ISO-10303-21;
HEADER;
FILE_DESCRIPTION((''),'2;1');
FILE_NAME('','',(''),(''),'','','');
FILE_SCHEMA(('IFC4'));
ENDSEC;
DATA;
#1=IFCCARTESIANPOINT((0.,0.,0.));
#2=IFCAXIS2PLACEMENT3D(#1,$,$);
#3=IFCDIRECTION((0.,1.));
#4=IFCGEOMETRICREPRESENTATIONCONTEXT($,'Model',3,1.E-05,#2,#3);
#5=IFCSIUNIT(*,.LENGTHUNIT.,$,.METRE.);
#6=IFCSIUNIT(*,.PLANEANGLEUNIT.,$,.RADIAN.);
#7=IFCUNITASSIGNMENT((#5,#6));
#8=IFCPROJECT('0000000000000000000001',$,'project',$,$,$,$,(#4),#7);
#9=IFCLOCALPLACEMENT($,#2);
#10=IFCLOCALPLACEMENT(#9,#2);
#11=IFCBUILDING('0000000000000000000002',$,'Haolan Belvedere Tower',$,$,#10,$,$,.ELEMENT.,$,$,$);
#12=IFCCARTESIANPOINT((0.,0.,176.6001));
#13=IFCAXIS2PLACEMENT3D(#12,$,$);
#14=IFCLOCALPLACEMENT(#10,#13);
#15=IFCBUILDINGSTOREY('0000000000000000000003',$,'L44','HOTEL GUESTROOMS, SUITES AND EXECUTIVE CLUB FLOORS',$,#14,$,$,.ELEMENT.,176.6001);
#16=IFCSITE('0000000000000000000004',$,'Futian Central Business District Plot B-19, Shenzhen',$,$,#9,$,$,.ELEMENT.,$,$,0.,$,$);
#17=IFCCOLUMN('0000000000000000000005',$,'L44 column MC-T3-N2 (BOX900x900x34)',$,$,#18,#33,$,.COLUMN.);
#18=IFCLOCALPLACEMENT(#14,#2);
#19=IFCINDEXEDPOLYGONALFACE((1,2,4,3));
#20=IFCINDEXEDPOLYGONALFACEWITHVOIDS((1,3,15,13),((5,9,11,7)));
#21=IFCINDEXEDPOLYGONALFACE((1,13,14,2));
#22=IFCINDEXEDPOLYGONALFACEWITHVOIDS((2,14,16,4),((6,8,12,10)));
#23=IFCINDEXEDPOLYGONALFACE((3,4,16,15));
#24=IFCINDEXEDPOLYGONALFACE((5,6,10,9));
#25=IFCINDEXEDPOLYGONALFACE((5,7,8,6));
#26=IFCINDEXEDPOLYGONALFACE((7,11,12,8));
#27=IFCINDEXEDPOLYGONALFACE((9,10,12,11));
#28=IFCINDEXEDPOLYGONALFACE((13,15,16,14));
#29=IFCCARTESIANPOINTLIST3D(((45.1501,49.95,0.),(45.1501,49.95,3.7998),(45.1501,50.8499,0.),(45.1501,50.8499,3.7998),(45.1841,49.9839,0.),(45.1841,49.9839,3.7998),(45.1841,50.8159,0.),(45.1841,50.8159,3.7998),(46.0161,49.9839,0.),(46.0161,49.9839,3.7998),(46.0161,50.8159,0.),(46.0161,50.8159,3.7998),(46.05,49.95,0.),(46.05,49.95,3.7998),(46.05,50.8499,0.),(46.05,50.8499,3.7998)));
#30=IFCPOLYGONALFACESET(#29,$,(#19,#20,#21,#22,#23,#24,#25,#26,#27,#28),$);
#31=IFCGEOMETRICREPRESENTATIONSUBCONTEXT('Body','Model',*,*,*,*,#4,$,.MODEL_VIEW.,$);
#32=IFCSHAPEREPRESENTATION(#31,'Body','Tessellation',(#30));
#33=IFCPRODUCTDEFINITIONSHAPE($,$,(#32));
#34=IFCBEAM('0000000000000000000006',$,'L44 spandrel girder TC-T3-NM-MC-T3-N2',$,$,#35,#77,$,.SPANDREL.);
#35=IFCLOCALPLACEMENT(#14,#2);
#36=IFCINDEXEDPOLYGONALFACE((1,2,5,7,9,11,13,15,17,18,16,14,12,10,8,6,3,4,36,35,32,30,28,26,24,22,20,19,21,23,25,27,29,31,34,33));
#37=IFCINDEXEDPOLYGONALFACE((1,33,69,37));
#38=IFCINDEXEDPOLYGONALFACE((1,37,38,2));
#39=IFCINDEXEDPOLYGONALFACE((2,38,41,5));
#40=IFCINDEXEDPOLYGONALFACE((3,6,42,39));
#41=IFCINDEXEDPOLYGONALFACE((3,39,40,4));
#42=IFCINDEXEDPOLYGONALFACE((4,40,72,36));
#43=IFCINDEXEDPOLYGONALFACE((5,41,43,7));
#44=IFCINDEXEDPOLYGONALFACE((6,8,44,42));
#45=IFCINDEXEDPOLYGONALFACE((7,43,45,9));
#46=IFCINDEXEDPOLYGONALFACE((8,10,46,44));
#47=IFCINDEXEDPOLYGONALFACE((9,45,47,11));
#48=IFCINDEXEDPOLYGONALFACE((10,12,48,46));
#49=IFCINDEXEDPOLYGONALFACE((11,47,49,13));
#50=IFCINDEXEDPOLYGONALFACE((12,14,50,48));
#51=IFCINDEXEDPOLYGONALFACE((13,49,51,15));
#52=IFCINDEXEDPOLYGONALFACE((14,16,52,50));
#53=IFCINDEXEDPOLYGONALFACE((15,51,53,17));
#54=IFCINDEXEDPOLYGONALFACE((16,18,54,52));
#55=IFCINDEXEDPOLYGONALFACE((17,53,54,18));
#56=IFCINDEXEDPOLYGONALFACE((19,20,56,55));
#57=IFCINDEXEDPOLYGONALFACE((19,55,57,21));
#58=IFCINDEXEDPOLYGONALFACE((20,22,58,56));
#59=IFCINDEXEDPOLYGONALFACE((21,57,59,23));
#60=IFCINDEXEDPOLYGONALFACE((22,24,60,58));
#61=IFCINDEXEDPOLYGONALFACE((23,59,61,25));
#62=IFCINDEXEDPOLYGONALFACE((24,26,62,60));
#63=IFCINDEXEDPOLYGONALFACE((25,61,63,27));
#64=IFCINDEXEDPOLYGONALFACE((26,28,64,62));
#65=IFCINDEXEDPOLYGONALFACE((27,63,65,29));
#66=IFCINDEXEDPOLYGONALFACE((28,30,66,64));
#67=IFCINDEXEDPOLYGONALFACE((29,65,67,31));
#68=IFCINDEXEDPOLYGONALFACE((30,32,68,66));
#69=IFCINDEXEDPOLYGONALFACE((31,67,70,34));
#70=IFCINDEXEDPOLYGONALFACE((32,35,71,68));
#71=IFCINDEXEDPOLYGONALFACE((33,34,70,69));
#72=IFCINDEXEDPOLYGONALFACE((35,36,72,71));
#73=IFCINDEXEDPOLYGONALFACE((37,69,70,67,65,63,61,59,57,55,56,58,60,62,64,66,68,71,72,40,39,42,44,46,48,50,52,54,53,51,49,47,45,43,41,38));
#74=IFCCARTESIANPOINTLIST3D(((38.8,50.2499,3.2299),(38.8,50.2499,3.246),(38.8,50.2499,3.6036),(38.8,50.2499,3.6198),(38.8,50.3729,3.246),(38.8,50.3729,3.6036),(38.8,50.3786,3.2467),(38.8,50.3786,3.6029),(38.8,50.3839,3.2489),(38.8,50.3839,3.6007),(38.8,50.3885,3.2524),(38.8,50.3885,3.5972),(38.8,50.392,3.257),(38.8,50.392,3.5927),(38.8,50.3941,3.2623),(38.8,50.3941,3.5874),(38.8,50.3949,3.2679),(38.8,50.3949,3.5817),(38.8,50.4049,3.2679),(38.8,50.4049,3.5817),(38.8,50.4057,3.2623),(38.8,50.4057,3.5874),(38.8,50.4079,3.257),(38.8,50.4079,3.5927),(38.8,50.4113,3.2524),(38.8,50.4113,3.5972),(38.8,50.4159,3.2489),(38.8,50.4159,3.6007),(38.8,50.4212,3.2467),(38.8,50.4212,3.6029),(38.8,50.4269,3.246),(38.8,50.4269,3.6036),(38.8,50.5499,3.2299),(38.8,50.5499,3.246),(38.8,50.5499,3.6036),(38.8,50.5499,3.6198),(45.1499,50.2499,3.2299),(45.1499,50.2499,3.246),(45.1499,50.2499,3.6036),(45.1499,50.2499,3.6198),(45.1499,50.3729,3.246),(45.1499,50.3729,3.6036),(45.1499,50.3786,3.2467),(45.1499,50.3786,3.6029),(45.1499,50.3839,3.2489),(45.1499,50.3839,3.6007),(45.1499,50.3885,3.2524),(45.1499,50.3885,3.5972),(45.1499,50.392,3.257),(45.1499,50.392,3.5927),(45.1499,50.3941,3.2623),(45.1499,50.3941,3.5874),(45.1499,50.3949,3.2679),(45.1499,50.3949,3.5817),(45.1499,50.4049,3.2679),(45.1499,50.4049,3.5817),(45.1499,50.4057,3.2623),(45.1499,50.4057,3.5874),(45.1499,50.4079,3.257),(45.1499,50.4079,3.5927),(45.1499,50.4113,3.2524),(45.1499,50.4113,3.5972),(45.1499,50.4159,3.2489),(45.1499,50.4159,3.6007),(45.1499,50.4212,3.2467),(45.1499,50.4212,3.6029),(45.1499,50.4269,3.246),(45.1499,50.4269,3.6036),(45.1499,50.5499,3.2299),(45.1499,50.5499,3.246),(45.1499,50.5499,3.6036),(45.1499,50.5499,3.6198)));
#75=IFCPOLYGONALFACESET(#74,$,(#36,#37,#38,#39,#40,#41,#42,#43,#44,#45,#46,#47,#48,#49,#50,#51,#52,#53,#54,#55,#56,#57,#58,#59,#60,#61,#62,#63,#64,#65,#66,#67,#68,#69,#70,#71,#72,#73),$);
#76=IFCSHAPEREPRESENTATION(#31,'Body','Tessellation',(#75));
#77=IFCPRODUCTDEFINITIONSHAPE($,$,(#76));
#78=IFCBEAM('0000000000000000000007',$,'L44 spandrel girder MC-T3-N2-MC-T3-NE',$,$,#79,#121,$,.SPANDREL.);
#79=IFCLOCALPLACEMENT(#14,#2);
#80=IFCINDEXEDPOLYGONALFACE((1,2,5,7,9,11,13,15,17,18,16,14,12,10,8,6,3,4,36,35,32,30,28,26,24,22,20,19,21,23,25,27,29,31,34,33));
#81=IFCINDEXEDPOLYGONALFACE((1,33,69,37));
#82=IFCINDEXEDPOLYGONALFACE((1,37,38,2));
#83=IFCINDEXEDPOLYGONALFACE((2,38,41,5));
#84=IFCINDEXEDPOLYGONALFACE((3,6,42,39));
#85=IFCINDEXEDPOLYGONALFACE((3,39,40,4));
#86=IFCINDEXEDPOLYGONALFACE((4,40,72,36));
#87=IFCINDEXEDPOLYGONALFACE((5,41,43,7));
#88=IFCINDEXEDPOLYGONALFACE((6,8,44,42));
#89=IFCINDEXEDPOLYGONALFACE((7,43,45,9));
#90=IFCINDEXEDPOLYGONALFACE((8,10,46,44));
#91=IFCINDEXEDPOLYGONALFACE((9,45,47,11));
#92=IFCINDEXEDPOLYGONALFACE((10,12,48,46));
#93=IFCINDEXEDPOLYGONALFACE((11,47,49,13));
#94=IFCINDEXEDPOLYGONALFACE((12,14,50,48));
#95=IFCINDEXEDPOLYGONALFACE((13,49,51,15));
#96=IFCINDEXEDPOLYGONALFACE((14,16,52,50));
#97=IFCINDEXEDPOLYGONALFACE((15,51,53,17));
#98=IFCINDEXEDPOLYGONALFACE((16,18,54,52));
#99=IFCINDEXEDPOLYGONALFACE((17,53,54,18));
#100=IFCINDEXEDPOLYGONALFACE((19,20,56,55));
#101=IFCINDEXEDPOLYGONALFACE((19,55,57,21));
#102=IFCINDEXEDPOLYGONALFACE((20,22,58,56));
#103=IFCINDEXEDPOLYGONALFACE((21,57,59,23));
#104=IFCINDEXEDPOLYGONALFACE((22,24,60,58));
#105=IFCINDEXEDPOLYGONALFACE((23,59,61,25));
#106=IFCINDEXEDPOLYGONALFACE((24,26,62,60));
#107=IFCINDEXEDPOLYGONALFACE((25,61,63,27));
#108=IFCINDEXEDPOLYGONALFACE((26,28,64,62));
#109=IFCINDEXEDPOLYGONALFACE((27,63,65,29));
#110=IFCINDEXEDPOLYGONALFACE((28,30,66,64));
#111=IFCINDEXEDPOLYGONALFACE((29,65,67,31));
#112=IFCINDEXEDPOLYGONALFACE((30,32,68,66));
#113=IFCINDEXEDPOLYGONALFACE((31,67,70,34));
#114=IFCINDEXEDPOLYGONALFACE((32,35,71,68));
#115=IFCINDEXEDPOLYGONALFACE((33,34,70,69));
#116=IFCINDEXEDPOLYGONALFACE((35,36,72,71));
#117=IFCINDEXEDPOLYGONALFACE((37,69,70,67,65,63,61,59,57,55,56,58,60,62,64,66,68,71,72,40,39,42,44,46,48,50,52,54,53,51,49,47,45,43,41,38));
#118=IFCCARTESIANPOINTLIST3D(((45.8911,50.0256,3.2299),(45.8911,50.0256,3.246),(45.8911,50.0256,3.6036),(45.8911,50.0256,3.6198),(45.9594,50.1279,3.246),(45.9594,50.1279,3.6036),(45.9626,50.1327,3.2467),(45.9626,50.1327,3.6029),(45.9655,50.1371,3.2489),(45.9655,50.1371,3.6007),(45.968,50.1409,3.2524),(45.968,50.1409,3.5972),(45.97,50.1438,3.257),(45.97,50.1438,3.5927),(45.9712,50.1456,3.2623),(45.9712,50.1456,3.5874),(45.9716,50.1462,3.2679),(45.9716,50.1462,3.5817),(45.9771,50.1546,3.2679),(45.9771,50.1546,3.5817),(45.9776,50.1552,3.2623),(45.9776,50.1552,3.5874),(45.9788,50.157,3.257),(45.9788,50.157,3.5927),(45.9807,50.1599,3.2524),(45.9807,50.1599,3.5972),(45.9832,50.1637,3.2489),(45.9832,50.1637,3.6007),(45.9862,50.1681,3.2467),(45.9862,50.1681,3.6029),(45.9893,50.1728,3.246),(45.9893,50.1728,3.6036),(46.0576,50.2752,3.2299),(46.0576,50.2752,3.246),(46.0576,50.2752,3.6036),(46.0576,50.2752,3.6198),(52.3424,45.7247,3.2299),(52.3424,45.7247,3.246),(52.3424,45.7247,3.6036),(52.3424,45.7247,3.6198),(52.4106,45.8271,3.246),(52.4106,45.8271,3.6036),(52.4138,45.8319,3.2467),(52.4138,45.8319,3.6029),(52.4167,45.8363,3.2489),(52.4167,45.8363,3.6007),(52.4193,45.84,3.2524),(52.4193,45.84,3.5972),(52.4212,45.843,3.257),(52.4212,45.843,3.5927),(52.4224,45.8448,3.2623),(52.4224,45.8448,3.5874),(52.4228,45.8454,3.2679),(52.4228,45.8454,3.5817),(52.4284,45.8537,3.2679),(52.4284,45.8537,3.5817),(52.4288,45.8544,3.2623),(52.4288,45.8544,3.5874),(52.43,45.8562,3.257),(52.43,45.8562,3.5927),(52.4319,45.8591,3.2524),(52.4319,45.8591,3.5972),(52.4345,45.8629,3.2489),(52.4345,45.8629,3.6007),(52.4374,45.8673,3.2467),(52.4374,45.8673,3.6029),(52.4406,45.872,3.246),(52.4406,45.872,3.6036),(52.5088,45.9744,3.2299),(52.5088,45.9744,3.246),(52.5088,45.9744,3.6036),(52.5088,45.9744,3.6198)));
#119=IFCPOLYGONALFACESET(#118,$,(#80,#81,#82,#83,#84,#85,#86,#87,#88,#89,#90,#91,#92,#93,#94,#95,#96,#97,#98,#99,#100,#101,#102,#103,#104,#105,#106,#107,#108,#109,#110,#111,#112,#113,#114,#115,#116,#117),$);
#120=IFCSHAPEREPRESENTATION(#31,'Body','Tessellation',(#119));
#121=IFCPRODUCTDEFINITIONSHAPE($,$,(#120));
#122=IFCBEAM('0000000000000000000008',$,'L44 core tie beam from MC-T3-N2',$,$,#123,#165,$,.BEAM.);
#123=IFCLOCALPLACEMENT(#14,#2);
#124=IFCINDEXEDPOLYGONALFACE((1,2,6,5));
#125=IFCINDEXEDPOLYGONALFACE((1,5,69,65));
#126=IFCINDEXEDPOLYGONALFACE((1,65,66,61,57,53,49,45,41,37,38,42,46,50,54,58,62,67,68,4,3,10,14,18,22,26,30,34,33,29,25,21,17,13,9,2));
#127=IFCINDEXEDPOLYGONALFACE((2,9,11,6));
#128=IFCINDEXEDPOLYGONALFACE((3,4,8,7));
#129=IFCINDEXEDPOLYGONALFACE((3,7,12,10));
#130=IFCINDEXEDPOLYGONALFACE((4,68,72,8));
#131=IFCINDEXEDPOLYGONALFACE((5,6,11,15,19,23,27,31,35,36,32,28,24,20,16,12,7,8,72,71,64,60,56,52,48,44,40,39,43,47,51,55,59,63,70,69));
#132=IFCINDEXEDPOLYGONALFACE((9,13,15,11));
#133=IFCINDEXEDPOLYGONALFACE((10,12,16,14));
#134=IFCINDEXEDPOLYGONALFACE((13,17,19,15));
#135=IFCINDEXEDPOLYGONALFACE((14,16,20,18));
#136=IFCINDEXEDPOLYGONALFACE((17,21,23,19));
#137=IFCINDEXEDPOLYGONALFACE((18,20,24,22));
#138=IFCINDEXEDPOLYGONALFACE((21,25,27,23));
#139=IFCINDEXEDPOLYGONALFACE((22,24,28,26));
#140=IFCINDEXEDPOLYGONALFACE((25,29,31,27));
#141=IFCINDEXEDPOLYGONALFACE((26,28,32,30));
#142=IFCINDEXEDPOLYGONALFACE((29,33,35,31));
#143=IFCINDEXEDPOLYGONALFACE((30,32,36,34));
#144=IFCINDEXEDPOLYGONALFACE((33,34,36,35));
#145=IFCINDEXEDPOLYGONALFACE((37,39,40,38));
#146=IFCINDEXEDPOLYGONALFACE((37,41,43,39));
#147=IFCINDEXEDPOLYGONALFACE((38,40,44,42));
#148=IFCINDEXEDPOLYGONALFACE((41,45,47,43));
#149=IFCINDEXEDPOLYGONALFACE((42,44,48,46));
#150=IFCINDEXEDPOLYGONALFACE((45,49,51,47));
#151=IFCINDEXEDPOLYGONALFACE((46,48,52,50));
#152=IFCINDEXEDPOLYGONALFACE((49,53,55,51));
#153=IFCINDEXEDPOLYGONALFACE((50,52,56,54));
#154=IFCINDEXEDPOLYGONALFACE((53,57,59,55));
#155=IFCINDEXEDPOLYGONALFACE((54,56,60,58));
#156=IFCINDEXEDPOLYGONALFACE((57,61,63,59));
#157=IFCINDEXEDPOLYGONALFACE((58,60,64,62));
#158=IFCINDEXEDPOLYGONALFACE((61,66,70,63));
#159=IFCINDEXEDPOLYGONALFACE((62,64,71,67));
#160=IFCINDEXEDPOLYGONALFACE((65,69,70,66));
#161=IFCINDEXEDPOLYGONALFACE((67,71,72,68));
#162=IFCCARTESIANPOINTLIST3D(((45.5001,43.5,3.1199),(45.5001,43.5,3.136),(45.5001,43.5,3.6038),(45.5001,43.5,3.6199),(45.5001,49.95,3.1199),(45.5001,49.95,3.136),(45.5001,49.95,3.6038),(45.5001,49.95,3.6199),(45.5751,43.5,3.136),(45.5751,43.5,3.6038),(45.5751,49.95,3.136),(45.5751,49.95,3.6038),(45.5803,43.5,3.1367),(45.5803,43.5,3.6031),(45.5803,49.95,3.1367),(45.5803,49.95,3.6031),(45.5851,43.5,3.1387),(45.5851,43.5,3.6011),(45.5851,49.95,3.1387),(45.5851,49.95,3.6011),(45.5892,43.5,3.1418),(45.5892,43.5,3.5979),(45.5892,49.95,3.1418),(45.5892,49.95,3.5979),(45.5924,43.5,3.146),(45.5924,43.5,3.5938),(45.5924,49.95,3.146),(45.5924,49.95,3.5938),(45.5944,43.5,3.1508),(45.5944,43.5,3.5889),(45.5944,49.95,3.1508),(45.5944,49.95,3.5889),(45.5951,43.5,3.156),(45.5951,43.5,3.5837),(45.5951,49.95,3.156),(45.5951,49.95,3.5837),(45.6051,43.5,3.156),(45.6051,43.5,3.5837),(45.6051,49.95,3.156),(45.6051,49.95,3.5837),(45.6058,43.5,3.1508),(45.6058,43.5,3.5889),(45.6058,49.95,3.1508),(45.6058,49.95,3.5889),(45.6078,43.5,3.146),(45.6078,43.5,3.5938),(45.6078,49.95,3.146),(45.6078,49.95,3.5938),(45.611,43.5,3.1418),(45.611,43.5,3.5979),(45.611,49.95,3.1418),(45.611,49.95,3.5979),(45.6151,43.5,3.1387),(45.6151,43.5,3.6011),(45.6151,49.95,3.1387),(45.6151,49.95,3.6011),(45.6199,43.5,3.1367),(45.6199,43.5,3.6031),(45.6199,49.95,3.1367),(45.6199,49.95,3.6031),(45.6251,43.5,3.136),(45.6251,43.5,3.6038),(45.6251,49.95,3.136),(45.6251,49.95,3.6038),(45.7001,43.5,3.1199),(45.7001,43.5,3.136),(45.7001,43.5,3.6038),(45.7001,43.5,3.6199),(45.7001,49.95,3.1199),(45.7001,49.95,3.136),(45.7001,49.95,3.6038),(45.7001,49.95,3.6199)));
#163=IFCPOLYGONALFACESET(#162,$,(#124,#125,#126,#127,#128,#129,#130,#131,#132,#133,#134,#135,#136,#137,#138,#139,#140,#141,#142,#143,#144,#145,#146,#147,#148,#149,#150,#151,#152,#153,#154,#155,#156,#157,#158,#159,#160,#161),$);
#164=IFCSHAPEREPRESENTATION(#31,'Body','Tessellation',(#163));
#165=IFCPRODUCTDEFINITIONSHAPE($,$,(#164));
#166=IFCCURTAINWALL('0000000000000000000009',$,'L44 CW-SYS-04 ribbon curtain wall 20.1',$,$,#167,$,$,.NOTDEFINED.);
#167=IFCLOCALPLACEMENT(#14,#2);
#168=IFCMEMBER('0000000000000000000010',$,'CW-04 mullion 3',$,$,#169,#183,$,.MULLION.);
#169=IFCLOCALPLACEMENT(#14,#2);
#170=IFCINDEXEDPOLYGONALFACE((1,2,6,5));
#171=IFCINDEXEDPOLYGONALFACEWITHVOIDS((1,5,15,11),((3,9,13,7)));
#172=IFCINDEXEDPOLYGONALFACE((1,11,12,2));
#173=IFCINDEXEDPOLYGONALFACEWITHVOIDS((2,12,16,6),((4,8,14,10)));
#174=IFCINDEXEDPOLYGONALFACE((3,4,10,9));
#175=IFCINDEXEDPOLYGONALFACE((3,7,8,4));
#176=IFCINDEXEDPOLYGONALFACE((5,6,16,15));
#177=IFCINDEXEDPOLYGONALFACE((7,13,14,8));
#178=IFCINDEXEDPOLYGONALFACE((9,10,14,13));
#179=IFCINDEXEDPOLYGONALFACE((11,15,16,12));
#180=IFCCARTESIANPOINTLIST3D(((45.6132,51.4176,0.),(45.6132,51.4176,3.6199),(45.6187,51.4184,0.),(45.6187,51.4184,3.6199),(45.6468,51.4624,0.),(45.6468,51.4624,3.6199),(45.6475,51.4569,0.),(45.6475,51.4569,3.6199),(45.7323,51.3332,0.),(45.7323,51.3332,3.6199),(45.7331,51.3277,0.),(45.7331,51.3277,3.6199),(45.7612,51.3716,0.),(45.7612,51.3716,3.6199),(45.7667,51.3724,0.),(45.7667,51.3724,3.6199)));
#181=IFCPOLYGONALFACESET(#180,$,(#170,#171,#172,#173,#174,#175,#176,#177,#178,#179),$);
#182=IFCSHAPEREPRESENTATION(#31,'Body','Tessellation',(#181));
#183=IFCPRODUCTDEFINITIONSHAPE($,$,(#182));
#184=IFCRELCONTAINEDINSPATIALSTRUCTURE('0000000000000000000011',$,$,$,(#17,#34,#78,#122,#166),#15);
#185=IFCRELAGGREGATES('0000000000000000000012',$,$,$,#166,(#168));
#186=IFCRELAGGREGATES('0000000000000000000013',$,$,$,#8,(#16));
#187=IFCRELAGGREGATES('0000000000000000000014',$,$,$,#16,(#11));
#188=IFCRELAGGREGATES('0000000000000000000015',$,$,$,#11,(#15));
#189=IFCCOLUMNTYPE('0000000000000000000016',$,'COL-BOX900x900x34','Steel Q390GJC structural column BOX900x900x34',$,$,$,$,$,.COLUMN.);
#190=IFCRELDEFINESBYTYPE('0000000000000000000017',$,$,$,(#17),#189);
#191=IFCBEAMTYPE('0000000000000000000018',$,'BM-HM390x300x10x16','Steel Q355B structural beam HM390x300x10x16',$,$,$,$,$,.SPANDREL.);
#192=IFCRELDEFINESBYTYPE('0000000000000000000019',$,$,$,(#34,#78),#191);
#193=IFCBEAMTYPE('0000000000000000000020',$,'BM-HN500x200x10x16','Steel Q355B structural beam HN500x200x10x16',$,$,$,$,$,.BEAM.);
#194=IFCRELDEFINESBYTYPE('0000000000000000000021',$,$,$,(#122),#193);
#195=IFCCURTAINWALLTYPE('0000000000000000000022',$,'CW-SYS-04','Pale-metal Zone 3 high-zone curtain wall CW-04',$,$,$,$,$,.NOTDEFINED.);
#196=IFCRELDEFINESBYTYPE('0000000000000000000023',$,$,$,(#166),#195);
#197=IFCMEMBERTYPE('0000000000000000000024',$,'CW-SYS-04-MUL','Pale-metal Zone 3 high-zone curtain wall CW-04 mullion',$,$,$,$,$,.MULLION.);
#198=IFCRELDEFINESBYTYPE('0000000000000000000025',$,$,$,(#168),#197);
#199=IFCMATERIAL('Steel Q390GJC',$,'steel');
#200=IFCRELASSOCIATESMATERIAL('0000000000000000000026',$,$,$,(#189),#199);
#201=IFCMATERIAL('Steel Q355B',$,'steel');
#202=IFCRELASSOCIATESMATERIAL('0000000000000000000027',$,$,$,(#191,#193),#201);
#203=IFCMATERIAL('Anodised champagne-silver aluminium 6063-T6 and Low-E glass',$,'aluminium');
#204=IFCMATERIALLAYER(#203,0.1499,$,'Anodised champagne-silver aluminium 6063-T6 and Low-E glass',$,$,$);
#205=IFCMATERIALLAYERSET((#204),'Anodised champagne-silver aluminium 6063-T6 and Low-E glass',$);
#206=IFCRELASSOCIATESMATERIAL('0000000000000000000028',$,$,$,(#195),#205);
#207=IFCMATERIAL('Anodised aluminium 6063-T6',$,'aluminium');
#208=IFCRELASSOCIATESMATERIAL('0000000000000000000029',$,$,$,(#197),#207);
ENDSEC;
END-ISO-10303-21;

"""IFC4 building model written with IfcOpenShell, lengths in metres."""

from ifc_helpers import new_model, si_unit, direction, frame, origin, origin_2d, place, context, subcontext, project, spatial, hollow_rectangle, i_section, extrude, material, layer, layer_set, material_profile, profile_set, type_object, element, aggregate, save


model = new_model("IFC4")

# Units and contexts
model_context = context("Model", 3, precision=1e-05, world=origin(), true_north=direction((0.0, 1.0)))
body_context = subcontext(model_context, "Body", "Model", "MODEL_VIEW")
ifc_project = project(units=[si_unit("LENGTHUNIT", "METRE"), si_unit("PLANEANGLEUNIT", "RADIAN")], contexts=[model_context])

# Site, building, storey
site_placement = place(None, origin())
site = spatial("IfcSite", under=ifc_project, at=site_placement, Name="Futian Central Business District Plot B-19, Shenzhen", CompositionType="ELEMENT", RefElevation=0.0)
building_placement = place(site_placement, origin())
building = spatial("IfcBuilding", under=site, at=building_placement, Name="Haolan Belvedere Tower", CompositionType="ELEMENT")
storey_placement = place(building_placement, frame((0.0, 0.0, 176.6001)))
storey = spatial("IfcBuildingStorey", under=building, at=storey_placement, Name="L44", Description="HOTEL GUESTROOMS, SUITES AND EXECUTIVE CLUB FLOORS", CompositionType="ELEMENT", Elevation=176.6001)

# Column
ifc_material_1 = material(Name="Steel Q390GJC", Category="steel")
ifc_material_profile_1 = material_profile(ifc_material_1, hollow_rectangle(XDim=0.8999, YDim=0.8999, WallThickness=0.0339, at=origin_2d()), Name="Steel Q390GJC")
ifc_profile_set_1 = profile_set([ifc_material_profile_1], Name="Steel Q390GJC")
column_type = type_object("IfcColumnType", Name="COL-BOX900x900x34", Description="Steel Q390GJC structural column BOX900x900x34", PredefinedType="COLUMN", material=ifc_profile_set_1)
column_placement = place(storey_placement, frame((45.6001, 50.3999, 0.0), z_axis=(0.0, 0.0, 1.0), x_axis=(1.0, 0.0, 0.0)))
element("IfcColumn", 1, at=column_placement, inside=storey, type_object=column_type, Name="L44 column MC-T3-N2 (BOX900x900x34)", PredefinedType="COLUMN", context=body_context, shape_type="SweptSolid", body=[
    extrude(hollow_rectangle(XDim=0.8999, YDim=0.8999, WallThickness=0.0339, at=origin_2d()), origin(), (0.0, 0.0, 1.0), 3.7998),
])

# Beams
ifc_material_2 = material(Name="Steel Q355B", Category="steel")
ifc_material_profile_2 = material_profile(ifc_material_2, i_section(OverallWidth=0.3, OverallDepth=0.3899, WebThickness=0.01, FlangeThickness=0.0161, FilletRadius=0.022, at=origin_2d()), Name="Steel Q355B")
ifc_profile_set_2 = profile_set([ifc_material_profile_2], Name="Steel Q355B")
beam_type_1 = type_object("IfcBeamType", Name="BM-HM390x300x10x16", Description="Steel Q355B structural beam HM390x300x10x16", PredefinedType="SPANDREL", material=ifc_profile_set_2)
beam_1_placement = place(storey_placement, frame((38.8, 50.3999, 3.4248), z_axis=(1.0, 0.0, 0.0), x_axis=(0.0, 1.0, 0.0)))
element("IfcBeam", 2, at=beam_1_placement, inside=storey, type_object=beam_type_1, Name="L44 spandrel girder TC-T3-NM-MC-T3-N2", PredefinedType="SPANDREL", context=body_context, shape_type="SweptSolid", body=[
    extrude(i_section(OverallWidth=0.3, OverallDepth=0.3899, WebThickness=0.01, FlangeThickness=0.0161, FilletRadius=0.022, at=origin_2d()), origin(), (0.0, 0.0, 1.0), 6.3499),
])
beam_2_placement = place(storey_placement, frame((45.9744, 50.1504, 3.4248), z_axis=(0.83205, -0.5547, 0.0), x_axis=(0.5547, 0.83205, 0.0)))
element("IfcBeam", 3, at=beam_2_placement, inside=storey, type_object=beam_type_1, Name="L44 spandrel girder MC-T3-N2-MC-T3-NE", PredefinedType="SPANDREL", context=body_context, shape_type="SweptSolid", body=[
    extrude(i_section(OverallWidth=0.3, OverallDepth=0.3899, WebThickness=0.01, FlangeThickness=0.0161, FilletRadius=0.022, at=origin_2d()), origin(), (0.0, 0.0, 1.0), 7.7534),
])
ifc_material_profile_3 = material_profile(ifc_material_2, i_section(OverallWidth=0.2, OverallDepth=0.5, WebThickness=0.01, FlangeThickness=0.0161, FilletRadius=0.02, at=origin_2d()), Name="Steel Q355B")
ifc_profile_set_3 = profile_set([ifc_material_profile_3], Name="Steel Q355B")
beam_type_2 = type_object("IfcBeamType", Name="BM-HN500x200x10x16", Description="Steel Q355B structural beam HN500x200x10x16", PredefinedType="BEAM", material=ifc_profile_set_3)
beam_3_placement = place(storey_placement, frame((45.6001, 49.95, 3.3699), z_axis=(0.0, -1.0, 0.0), x_axis=(1.0, 0.0, 0.0)))
element("IfcBeam", 4, at=beam_3_placement, inside=storey, type_object=beam_type_2, Name="L44 core tie beam from MC-T3-N2", PredefinedType="BEAM", context=body_context, shape_type="SweptSolid", body=[
    extrude(i_section(OverallWidth=0.2, OverallDepth=0.5, WebThickness=0.01, FlangeThickness=0.0161, FilletRadius=0.02, at=origin_2d()), origin(), (0.0, 0.0, 1.0), 6.45),
])

# Curtain wall, member
ifc_material_3 = material(Name="Anodised champagne-silver aluminium 6063-T6 and Low-E glass", Category="aluminium")
ifc_layer_1 = layer(ifc_material_3, 0.1499, Name="Anodised champagne-silver aluminium 6063-T6 and Low-E glass")
ifc_layer_set_1 = layer_set([ifc_layer_1], Name="Anodised champagne-silver aluminium 6063-T6 and Low-E glass")
curtain_wall_type = type_object("IfcCurtainWallType", Name="CW-SYS-04", Description="Pale-metal Zone 3 high-zone curtain wall CW-04", PredefinedType="NOTDEFINED", material=ifc_layer_set_1)
curtain_wall_1_placement = place(storey_placement, origin())
curtain_wall_1 = element("IfcCurtainWall", 5, at=curtain_wall_1_placement, inside=storey, type_object=curtain_wall_type, Name="L44 CW-SYS-04 ribbon curtain wall 20.1", PredefinedType="NOTDEFINED")
ifc_material_4 = material(Name="Anodised aluminium 6063-T6", Category="aluminium")
ifc_material_profile_4 = material_profile(ifc_material_4, hollow_rectangle(XDim=0.0559, YDim=0.1499, WallThickness=0.0039, at=origin_2d()), Name="Anodised aluminium 6063-T6")
ifc_profile_set_4 = profile_set([ifc_material_profile_4], Name="Anodised aluminium 6063-T6")
member_type_1 = type_object("IfcMemberType", Name="CW-SYS-04-MUL", Description="Pale-metal Zone 3 high-zone curtain wall CW-04 mullion", PredefinedType="MULLION", material=ifc_profile_set_4)
member_1_placement = place(storey_placement, frame((45.6899, 51.395, 0.0), z_axis=(0.0, 0.0, 1.0), x_axis=(-0.600003, -0.799998, 0.0)))
member_1 = element("IfcMember", 6, at=member_1_placement, type_object=member_type_1, Name="CW-04 mullion 3", PredefinedType="MULLION", context=body_context, shape_type="SweptSolid", body=[
    extrude(hollow_rectangle(XDim=0.0559, YDim=0.1499, WallThickness=0.0039, at=origin_2d()), origin(), (0.0, 0.0, 1.0), 3.6199),
])
aggregate(curtain_wall_1, [member_1])

save(model, "model.ifc")
